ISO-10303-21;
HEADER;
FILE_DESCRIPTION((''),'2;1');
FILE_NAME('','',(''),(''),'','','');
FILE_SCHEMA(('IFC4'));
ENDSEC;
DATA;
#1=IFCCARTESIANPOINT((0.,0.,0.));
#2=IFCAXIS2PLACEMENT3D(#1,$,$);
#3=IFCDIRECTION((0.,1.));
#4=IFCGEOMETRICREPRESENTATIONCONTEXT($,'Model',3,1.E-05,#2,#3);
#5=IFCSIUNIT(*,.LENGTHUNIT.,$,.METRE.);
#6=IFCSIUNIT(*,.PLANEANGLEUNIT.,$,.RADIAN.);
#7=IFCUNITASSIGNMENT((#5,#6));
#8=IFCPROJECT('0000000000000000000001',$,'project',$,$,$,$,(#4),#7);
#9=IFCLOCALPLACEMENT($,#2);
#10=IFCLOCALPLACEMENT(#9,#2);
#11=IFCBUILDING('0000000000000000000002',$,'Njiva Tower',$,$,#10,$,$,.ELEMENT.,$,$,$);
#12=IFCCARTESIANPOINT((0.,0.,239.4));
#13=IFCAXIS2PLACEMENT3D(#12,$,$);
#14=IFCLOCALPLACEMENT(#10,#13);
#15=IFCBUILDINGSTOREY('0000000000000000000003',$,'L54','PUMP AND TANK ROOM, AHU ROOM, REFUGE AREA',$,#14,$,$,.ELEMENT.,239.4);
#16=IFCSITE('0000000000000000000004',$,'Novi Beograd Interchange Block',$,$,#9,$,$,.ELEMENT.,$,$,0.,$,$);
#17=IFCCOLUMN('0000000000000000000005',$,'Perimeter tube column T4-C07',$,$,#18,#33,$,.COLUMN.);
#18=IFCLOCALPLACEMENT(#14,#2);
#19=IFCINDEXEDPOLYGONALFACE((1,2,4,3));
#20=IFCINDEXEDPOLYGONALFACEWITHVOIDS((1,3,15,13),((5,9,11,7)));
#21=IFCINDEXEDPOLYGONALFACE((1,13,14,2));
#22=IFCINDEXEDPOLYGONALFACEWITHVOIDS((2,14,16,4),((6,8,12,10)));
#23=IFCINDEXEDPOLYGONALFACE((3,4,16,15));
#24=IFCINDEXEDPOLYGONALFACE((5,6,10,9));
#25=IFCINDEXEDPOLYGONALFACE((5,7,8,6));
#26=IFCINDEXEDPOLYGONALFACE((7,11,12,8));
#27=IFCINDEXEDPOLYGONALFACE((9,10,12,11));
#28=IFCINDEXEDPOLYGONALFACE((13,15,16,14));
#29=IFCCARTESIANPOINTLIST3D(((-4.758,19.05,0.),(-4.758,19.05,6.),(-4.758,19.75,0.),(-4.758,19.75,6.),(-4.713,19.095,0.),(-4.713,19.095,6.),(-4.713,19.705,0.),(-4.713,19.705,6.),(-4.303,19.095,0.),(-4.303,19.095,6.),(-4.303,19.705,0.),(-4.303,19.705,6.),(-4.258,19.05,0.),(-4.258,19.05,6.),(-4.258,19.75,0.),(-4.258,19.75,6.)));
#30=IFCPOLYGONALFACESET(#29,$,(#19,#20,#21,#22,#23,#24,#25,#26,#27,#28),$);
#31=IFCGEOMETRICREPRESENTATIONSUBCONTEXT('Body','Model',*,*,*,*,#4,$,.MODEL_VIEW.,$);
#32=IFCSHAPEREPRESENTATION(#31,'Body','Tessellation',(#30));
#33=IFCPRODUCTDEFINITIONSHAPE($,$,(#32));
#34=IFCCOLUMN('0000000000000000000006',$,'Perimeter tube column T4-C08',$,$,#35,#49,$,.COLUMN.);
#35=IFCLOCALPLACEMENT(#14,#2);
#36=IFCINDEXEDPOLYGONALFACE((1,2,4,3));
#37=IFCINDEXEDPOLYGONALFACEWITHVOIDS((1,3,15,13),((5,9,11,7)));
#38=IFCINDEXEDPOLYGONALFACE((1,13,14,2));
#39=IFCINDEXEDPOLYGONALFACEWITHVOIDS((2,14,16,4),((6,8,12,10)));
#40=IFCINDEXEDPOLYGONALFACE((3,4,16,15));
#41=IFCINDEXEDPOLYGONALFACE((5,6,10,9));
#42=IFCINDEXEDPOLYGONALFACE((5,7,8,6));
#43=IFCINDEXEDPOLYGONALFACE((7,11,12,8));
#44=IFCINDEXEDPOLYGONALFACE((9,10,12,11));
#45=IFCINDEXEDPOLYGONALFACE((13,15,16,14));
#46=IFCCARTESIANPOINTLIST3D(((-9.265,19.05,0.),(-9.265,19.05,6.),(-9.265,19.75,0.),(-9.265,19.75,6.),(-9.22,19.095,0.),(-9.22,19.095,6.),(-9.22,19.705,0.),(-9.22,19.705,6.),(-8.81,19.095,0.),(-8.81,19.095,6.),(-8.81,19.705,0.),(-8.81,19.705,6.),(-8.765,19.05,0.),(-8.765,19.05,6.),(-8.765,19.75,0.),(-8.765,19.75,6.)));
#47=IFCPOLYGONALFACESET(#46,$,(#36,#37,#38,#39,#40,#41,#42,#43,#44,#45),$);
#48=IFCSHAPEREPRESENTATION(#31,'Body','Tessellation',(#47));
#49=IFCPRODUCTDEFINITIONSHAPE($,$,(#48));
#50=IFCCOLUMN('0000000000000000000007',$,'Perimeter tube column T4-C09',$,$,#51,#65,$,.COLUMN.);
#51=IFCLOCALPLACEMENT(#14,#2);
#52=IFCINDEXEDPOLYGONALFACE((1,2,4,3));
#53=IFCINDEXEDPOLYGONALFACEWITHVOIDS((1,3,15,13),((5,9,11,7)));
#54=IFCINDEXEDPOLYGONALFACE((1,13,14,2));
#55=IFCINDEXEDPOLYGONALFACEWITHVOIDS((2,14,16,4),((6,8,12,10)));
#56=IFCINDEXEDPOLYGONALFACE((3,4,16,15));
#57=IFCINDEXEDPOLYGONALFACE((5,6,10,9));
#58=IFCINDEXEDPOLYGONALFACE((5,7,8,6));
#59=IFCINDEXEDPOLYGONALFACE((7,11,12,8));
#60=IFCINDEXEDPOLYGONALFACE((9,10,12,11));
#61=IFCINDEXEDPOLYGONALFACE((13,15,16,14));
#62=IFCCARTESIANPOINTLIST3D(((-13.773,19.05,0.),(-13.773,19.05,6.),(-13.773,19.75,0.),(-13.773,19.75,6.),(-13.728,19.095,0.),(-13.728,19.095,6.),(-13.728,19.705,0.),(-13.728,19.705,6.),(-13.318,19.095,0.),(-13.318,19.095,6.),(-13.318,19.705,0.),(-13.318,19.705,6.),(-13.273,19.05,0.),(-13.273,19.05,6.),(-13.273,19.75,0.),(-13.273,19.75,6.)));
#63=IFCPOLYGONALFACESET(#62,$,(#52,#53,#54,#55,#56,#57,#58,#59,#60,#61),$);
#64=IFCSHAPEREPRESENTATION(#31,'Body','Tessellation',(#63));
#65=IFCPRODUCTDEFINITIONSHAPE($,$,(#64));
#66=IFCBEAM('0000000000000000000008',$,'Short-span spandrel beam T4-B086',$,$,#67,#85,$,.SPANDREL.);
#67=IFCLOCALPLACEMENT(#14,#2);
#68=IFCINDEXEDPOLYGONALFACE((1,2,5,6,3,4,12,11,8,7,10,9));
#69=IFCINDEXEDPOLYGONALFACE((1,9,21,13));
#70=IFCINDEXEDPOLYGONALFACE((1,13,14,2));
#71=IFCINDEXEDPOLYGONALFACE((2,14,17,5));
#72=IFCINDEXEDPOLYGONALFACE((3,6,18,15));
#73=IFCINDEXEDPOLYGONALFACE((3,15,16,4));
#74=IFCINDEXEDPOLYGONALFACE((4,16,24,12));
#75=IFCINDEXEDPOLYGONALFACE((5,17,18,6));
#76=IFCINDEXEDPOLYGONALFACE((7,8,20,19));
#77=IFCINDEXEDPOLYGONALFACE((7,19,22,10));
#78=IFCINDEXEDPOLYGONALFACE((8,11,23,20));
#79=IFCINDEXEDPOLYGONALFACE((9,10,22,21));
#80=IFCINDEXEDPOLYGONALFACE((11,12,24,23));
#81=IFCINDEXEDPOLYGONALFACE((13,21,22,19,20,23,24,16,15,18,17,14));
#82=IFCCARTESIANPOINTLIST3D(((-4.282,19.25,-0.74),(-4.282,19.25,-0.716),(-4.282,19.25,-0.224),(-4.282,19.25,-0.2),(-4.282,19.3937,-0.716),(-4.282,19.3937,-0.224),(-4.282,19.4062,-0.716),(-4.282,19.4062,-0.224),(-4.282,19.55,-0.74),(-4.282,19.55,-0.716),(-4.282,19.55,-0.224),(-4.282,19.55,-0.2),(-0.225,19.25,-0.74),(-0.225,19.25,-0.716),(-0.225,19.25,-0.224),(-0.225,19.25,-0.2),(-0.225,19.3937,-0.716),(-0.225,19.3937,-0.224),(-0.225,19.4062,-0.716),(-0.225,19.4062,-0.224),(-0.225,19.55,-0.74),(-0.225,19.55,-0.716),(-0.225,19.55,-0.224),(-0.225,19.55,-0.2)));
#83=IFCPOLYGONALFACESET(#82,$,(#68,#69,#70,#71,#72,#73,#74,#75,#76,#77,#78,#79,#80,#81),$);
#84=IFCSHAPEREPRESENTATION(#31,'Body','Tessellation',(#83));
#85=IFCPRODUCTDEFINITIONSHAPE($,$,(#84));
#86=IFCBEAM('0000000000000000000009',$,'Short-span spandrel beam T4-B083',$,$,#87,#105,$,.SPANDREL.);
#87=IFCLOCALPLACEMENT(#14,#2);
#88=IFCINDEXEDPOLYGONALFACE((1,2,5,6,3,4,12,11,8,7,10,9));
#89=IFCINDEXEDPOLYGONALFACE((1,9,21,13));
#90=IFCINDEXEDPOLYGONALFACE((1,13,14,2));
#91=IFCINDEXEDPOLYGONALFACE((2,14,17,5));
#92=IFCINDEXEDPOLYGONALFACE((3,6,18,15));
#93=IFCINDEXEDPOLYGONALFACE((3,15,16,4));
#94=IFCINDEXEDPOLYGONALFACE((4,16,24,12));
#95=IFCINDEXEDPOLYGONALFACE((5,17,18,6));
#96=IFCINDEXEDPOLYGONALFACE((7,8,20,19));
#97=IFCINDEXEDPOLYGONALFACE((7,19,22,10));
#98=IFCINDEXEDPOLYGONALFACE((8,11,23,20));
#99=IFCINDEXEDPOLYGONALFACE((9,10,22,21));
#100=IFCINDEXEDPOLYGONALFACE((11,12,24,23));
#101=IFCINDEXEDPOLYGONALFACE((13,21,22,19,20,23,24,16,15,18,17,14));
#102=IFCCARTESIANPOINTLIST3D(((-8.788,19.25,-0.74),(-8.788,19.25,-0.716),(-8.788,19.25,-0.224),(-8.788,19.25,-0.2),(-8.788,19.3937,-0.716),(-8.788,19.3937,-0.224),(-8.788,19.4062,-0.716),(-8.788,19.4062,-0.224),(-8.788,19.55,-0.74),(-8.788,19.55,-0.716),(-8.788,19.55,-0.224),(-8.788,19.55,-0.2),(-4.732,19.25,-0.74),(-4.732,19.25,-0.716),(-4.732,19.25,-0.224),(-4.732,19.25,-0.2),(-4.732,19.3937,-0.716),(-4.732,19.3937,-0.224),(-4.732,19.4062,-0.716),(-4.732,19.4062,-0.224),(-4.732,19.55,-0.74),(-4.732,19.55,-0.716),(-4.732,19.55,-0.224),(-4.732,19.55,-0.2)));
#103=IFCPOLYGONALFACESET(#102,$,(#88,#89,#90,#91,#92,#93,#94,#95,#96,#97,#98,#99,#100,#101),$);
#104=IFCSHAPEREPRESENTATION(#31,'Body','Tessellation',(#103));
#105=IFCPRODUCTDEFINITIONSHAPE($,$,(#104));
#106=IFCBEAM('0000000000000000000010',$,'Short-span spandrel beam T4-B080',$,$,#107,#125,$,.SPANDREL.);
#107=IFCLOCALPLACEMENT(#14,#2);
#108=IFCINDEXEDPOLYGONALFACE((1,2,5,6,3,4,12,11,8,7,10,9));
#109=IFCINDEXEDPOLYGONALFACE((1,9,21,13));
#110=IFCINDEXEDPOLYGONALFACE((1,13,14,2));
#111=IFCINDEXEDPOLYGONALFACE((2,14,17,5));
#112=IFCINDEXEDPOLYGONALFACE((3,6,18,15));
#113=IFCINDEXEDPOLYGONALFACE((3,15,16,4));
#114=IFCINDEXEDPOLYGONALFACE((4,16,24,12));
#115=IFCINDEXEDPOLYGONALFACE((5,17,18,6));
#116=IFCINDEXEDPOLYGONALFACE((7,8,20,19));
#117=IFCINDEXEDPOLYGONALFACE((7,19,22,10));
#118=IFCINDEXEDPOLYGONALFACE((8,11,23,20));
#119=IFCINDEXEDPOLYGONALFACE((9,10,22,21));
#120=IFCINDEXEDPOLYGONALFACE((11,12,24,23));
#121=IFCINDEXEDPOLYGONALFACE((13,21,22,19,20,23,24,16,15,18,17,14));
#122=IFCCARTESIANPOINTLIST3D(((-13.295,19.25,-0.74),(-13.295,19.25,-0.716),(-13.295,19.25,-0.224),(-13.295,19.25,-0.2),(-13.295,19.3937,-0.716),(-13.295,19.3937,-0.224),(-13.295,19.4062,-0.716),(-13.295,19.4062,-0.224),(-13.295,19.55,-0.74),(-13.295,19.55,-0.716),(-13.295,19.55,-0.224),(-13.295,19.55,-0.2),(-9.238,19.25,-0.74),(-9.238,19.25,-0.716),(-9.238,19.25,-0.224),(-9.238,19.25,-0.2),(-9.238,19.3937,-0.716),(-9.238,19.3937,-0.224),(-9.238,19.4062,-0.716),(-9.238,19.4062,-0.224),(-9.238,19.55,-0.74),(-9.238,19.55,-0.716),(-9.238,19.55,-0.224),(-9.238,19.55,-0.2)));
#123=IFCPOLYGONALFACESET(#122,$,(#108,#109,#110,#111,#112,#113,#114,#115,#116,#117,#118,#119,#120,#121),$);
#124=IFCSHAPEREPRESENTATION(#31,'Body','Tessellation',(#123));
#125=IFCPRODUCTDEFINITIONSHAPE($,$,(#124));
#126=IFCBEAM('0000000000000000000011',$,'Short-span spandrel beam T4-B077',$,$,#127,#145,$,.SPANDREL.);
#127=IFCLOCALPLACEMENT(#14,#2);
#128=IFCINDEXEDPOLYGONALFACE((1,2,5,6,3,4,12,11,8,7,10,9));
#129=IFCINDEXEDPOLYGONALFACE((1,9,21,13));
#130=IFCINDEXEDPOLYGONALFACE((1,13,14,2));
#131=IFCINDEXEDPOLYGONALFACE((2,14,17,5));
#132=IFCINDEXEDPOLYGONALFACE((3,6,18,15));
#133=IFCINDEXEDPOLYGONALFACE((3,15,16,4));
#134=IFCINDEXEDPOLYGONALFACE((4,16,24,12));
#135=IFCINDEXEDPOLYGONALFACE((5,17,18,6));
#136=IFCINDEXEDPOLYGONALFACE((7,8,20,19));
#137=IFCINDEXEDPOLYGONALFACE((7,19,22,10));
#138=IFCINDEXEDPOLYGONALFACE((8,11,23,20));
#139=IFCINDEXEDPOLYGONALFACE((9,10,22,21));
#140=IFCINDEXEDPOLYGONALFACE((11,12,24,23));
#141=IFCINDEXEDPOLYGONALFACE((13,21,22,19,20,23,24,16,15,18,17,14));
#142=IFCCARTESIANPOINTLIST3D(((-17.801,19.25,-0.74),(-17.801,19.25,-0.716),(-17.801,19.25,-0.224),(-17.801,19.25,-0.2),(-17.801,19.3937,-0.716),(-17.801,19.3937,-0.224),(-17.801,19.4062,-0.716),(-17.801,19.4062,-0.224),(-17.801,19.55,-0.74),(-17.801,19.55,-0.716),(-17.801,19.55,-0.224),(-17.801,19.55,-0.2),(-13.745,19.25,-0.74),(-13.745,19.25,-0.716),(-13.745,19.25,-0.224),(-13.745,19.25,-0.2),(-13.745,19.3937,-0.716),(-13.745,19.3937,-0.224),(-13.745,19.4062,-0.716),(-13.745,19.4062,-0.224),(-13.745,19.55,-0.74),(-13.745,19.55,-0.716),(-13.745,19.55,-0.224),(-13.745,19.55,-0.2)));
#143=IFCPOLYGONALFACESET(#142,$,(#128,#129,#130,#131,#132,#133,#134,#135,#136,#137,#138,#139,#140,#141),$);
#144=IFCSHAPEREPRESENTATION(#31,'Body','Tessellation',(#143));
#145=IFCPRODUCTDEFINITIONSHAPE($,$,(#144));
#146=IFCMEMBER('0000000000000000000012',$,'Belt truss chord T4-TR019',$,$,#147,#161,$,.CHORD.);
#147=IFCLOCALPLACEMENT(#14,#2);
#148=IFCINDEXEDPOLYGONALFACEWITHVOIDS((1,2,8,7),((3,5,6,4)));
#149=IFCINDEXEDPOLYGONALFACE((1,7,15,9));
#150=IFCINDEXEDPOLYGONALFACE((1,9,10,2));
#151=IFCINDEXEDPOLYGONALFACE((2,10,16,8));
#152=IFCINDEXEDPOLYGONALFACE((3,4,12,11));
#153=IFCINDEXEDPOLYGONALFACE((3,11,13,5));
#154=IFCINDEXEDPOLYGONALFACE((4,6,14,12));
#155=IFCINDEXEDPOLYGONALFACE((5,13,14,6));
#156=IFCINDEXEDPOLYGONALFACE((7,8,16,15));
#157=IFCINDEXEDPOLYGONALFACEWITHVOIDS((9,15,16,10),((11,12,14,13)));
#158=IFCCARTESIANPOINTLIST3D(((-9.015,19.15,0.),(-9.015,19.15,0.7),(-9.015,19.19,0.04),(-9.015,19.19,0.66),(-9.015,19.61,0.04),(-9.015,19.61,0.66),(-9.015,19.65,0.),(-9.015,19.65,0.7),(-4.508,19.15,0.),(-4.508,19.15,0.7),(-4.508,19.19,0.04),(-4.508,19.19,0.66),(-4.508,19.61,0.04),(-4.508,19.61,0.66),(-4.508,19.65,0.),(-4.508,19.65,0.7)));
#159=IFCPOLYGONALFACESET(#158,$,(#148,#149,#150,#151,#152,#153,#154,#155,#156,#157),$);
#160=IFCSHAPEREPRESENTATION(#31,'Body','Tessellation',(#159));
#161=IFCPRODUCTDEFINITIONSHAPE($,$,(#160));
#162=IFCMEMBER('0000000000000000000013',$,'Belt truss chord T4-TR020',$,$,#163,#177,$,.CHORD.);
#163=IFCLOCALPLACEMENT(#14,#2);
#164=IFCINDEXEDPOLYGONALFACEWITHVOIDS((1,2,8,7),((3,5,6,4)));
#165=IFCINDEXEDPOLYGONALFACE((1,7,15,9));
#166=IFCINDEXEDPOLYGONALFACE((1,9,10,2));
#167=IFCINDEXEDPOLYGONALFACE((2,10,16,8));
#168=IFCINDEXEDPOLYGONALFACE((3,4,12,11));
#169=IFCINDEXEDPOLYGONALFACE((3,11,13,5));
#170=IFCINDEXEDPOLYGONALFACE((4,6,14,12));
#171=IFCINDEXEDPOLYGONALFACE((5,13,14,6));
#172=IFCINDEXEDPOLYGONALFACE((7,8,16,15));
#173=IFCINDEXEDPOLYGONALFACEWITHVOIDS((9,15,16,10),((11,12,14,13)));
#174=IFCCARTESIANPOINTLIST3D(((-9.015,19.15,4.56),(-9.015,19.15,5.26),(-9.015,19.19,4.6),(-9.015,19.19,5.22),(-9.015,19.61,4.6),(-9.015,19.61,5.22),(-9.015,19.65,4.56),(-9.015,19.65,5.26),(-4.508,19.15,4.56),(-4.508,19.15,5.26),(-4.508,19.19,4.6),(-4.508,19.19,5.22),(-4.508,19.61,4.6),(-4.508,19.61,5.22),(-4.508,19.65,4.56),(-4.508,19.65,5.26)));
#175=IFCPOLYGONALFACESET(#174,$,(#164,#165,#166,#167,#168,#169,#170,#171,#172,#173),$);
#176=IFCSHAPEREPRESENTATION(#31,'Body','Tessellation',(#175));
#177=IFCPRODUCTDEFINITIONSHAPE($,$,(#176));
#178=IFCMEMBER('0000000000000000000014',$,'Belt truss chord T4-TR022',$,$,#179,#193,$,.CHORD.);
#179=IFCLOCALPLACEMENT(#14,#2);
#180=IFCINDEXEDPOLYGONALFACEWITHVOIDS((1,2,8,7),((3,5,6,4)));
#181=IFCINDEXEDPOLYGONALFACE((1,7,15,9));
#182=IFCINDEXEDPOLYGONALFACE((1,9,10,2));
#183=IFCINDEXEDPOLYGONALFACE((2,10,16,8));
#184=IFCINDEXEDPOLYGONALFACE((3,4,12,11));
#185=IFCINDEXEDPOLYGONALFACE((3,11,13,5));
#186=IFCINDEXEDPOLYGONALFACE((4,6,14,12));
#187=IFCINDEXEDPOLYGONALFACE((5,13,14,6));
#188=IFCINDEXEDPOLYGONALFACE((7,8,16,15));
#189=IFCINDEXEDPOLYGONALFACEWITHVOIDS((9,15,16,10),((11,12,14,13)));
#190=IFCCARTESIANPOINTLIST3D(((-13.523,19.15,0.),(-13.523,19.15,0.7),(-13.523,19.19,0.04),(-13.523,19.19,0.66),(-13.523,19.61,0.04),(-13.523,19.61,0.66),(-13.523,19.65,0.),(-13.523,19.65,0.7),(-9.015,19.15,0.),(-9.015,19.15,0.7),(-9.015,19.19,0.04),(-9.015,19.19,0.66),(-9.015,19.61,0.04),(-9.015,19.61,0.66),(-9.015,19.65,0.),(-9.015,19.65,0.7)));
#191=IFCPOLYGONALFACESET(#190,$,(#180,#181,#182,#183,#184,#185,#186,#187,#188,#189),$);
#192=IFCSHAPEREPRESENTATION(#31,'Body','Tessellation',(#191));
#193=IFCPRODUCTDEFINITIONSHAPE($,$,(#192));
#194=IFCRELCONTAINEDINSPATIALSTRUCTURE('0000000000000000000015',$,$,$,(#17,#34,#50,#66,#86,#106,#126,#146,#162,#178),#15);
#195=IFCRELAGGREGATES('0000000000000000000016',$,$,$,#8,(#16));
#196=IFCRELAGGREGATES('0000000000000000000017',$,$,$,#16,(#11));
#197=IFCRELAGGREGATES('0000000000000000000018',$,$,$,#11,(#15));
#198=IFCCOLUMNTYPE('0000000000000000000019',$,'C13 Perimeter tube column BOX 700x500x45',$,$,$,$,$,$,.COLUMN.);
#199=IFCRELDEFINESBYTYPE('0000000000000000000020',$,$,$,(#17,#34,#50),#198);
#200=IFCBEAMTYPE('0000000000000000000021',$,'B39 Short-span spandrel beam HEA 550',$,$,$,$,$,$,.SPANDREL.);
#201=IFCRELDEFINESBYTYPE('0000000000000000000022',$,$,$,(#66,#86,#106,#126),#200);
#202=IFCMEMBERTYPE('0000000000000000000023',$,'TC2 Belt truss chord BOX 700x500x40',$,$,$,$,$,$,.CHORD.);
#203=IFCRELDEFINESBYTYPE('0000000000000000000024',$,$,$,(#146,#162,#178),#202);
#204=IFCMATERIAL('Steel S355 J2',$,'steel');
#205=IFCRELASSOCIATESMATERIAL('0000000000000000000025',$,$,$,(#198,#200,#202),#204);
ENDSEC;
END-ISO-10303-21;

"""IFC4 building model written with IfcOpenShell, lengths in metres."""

from ifc_helpers import new_model, si_unit, direction, frame, origin, origin_2d, place, context, subcontext, project, spatial, hollow_rectangle, i_section, extrude, material, material_profile, profile_set, type_object, element, save


model = new_model("IFC4")

# Units and contexts
model_context = context("Model", 3, precision=1e-05, world=origin(), true_north=direction((0.0, 1.0)))
body_context = subcontext(model_context, "Body", "Model", "MODEL_VIEW")
ifc_project = project(units=[si_unit("LENGTHUNIT", "METRE"), si_unit("PLANEANGLEUNIT", "RADIAN")], contexts=[model_context])

# Site, building, storey
site_placement = place(None, origin())
site = spatial("IfcSite", under=ifc_project, at=site_placement, Name="Novi Beograd Interchange Block", CompositionType="ELEMENT", RefElevation=0.0)
building_placement = place(site_placement, origin())
building = spatial("IfcBuilding", under=site, at=building_placement, Name="Njiva Tower", CompositionType="ELEMENT")
storey_placement = place(building_placement, frame((0.0, 0.0, 239.4)))
storey = spatial("IfcBuildingStorey", under=building, at=storey_placement, Name="L54", Description="PUMP AND TANK ROOM, AHU ROOM, REFUGE AREA", CompositionType="ELEMENT", Elevation=239.4)

# Columns
ifc_material_1 = material(Name="Steel S355 J2", Category="steel")
ifc_material_profile_1 = material_profile(ifc_material_1, hollow_rectangle(XDim=0.5, YDim=0.7, WallThickness=0.045, at=origin_2d()), Name="BOX 700x500x45")
ifc_profile_set_1 = profile_set([ifc_material_profile_1], Name="Steel S355 J2")
column_type = type_object("IfcColumnType", Name="C13 Perimeter tube column BOX 700x500x45", PredefinedType="COLUMN", material=ifc_profile_set_1)
for number, where, z_axis, x_axis, name in (
    (1, (-4.508, 19.4, 0.0), (0.0, 0.0, 1.0), (-1.0, 0.0, 0.0), "Perimeter tube column T4-C07"),
    (2, (-9.015, 19.4, 0.0), (0.0, 0.0, 1.0), (-1.0, 0.0, 0.0), "Perimeter tube column T4-C08"),
    (3, (-13.523, 19.4, 0.0), (0.0, 0.0, 1.0), (-1.0, 0.0, 0.0), "Perimeter tube column T4-C09"),
):
    element("IfcColumn", number, at=place(storey_placement, frame(where, z_axis=z_axis, x_axis=x_axis)), inside=storey, type_object=column_type, Name=name, PredefinedType="COLUMN", context=body_context, shape_type="SweptSolid", body=[
        extrude(hollow_rectangle(XDim=0.5, YDim=0.7, WallThickness=0.045, at=origin_2d()), origin(), (0.0, 0.0, 1.0), 6.0),
    ])

# Beams
ifc_material_profile_2 = material_profile(ifc_material_1, i_section(OverallWidth=0.3, OverallDepth=0.54, WebThickness=0.0125, FlangeThickness=0.024, at=origin_2d()), Name="HEA 550")
ifc_profile_set_2 = profile_set([ifc_material_profile_2], Name="Steel S355 J2")
beam_type = type_object("IfcBeamType", Name="B39 Short-span spandrel beam HEA 550", PredefinedType="SPANDREL", material=ifc_profile_set_2)
beam_1_placement = place(storey_placement, frame((-0.225, 19.4, -0.47), z_axis=(-1.0, 0.0, 0.0), x_axis=(0.0, -1.0, 0.0)))
element("IfcBeam", 4, at=beam_1_placement, inside=storey, type_object=beam_type, Name="Short-span spandrel beam T4-B086", PredefinedType="SPANDREL", context=body_context, shape_type="SweptSolid", body=[
    extrude(i_section(OverallWidth=0.3, OverallDepth=0.54, WebThickness=0.0125, FlangeThickness=0.024, at=origin_2d()), origin(), (0.0, 0.0, 1.0), 4.057),
])
beam_2_placement = place(storey_placement, frame((-4.732, 19.4, -0.47), z_axis=(-1.0, 0.0, 0.0), x_axis=(0.0, -1.0, 0.0)))
element("IfcBeam", 5, at=beam_2_placement, inside=storey, type_object=beam_type, Name="Short-span spandrel beam T4-B083", PredefinedType="SPANDREL", context=body_context, shape_type="SweptSolid", body=[
    extrude(i_section(OverallWidth=0.3, OverallDepth=0.54, WebThickness=0.0125, FlangeThickness=0.024, at=origin_2d()), origin(), (0.0, 0.0, 1.0), 4.056),
])
beam_3_placement = place(storey_placement, frame((-9.238, 19.4, -0.47), z_axis=(-1.0, 0.0, 0.0), x_axis=(0.0, -1.0, 0.0)))
element("IfcBeam", 6, at=beam_3_placement, inside=storey, type_object=beam_type, Name="Short-span spandrel beam T4-B080", PredefinedType="SPANDREL", context=body_context, shape_type="SweptSolid", body=[
    extrude(i_section(OverallWidth=0.3, OverallDepth=0.54, WebThickness=0.0125, FlangeThickness=0.024, at=origin_2d()), origin(), (0.0, 0.0, 1.0), 4.057),
])
beam_4_placement = place(storey_placement, frame((-13.745, 19.4, -0.47), z_axis=(-1.0, 0.0, 0.0), x_axis=(0.0, -1.0, 0.0)))
element("IfcBeam", 7, at=beam_4_placement, inside=storey, type_object=beam_type, Name="Short-span spandrel beam T4-B077", PredefinedType="SPANDREL", context=body_context, shape_type="SweptSolid", body=[
    extrude(i_section(OverallWidth=0.3, OverallDepth=0.54, WebThickness=0.0125, FlangeThickness=0.024, at=origin_2d()), origin(), (0.0, 0.0, 1.0), 4.056),
])

# Members
ifc_material_profile_3 = material_profile(ifc_material_1, hollow_rectangle(XDim=0.5, YDim=0.7, WallThickness=0.04, at=origin_2d()), Name="BOX 700x500x40")
ifc_profile_set_3 = profile_set([ifc_material_profile_3], Name="Steel S355 J2")
member_type_1 = type_object("IfcMemberType", Name="TC2 Belt truss chord BOX 700x500x40", PredefinedType="CHORD", material=ifc_profile_set_3)
for number, where, z_axis, x_axis, name in (
    (8, (-4.508, 19.4, 0.35), (-1.0, 0.0, 0.0), (0.0, -1.0, 0.0), "Belt truss chord T4-TR019"),
    (9, (-4.508, 19.4, 4.91), (-1.0, 0.0, 0.0), (0.0, -1.0, 0.0), "Belt truss chord T4-TR020"),
):
    element("IfcMember", number, at=place(storey_placement, frame(where, z_axis=z_axis, x_axis=x_axis)), inside=storey, type_object=member_type_1, Name=name, PredefinedType="CHORD", context=body_context, shape_type="SweptSolid", body=[
        extrude(hollow_rectangle(XDim=0.5, YDim=0.7, WallThickness=0.04, at=origin_2d()), origin(), (0.0, 0.0, 1.0), 4.507),
    ])
for number, where, z_axis, x_axis, name in (
    (10, (-9.015, 19.4, 0.35), (-1.0, 0.0, 0.0), (0.0, -1.0, 0.0), "Belt truss chord T4-TR022"),
):
    element("IfcMember", number, at=place(storey_placement, frame(where, z_axis=z_axis, x_axis=x_axis)), inside=storey, type_object=member_type_1, Name=name, PredefinedType="CHORD", context=body_context, shape_type="SweptSolid", body=[
        extrude(hollow_rectangle(XDim=0.5, YDim=0.7, WallThickness=0.04, at=origin_2d()), origin(), (0.0, 0.0, 1.0), 4.508),
    ])

save(model, "model.ifc")
